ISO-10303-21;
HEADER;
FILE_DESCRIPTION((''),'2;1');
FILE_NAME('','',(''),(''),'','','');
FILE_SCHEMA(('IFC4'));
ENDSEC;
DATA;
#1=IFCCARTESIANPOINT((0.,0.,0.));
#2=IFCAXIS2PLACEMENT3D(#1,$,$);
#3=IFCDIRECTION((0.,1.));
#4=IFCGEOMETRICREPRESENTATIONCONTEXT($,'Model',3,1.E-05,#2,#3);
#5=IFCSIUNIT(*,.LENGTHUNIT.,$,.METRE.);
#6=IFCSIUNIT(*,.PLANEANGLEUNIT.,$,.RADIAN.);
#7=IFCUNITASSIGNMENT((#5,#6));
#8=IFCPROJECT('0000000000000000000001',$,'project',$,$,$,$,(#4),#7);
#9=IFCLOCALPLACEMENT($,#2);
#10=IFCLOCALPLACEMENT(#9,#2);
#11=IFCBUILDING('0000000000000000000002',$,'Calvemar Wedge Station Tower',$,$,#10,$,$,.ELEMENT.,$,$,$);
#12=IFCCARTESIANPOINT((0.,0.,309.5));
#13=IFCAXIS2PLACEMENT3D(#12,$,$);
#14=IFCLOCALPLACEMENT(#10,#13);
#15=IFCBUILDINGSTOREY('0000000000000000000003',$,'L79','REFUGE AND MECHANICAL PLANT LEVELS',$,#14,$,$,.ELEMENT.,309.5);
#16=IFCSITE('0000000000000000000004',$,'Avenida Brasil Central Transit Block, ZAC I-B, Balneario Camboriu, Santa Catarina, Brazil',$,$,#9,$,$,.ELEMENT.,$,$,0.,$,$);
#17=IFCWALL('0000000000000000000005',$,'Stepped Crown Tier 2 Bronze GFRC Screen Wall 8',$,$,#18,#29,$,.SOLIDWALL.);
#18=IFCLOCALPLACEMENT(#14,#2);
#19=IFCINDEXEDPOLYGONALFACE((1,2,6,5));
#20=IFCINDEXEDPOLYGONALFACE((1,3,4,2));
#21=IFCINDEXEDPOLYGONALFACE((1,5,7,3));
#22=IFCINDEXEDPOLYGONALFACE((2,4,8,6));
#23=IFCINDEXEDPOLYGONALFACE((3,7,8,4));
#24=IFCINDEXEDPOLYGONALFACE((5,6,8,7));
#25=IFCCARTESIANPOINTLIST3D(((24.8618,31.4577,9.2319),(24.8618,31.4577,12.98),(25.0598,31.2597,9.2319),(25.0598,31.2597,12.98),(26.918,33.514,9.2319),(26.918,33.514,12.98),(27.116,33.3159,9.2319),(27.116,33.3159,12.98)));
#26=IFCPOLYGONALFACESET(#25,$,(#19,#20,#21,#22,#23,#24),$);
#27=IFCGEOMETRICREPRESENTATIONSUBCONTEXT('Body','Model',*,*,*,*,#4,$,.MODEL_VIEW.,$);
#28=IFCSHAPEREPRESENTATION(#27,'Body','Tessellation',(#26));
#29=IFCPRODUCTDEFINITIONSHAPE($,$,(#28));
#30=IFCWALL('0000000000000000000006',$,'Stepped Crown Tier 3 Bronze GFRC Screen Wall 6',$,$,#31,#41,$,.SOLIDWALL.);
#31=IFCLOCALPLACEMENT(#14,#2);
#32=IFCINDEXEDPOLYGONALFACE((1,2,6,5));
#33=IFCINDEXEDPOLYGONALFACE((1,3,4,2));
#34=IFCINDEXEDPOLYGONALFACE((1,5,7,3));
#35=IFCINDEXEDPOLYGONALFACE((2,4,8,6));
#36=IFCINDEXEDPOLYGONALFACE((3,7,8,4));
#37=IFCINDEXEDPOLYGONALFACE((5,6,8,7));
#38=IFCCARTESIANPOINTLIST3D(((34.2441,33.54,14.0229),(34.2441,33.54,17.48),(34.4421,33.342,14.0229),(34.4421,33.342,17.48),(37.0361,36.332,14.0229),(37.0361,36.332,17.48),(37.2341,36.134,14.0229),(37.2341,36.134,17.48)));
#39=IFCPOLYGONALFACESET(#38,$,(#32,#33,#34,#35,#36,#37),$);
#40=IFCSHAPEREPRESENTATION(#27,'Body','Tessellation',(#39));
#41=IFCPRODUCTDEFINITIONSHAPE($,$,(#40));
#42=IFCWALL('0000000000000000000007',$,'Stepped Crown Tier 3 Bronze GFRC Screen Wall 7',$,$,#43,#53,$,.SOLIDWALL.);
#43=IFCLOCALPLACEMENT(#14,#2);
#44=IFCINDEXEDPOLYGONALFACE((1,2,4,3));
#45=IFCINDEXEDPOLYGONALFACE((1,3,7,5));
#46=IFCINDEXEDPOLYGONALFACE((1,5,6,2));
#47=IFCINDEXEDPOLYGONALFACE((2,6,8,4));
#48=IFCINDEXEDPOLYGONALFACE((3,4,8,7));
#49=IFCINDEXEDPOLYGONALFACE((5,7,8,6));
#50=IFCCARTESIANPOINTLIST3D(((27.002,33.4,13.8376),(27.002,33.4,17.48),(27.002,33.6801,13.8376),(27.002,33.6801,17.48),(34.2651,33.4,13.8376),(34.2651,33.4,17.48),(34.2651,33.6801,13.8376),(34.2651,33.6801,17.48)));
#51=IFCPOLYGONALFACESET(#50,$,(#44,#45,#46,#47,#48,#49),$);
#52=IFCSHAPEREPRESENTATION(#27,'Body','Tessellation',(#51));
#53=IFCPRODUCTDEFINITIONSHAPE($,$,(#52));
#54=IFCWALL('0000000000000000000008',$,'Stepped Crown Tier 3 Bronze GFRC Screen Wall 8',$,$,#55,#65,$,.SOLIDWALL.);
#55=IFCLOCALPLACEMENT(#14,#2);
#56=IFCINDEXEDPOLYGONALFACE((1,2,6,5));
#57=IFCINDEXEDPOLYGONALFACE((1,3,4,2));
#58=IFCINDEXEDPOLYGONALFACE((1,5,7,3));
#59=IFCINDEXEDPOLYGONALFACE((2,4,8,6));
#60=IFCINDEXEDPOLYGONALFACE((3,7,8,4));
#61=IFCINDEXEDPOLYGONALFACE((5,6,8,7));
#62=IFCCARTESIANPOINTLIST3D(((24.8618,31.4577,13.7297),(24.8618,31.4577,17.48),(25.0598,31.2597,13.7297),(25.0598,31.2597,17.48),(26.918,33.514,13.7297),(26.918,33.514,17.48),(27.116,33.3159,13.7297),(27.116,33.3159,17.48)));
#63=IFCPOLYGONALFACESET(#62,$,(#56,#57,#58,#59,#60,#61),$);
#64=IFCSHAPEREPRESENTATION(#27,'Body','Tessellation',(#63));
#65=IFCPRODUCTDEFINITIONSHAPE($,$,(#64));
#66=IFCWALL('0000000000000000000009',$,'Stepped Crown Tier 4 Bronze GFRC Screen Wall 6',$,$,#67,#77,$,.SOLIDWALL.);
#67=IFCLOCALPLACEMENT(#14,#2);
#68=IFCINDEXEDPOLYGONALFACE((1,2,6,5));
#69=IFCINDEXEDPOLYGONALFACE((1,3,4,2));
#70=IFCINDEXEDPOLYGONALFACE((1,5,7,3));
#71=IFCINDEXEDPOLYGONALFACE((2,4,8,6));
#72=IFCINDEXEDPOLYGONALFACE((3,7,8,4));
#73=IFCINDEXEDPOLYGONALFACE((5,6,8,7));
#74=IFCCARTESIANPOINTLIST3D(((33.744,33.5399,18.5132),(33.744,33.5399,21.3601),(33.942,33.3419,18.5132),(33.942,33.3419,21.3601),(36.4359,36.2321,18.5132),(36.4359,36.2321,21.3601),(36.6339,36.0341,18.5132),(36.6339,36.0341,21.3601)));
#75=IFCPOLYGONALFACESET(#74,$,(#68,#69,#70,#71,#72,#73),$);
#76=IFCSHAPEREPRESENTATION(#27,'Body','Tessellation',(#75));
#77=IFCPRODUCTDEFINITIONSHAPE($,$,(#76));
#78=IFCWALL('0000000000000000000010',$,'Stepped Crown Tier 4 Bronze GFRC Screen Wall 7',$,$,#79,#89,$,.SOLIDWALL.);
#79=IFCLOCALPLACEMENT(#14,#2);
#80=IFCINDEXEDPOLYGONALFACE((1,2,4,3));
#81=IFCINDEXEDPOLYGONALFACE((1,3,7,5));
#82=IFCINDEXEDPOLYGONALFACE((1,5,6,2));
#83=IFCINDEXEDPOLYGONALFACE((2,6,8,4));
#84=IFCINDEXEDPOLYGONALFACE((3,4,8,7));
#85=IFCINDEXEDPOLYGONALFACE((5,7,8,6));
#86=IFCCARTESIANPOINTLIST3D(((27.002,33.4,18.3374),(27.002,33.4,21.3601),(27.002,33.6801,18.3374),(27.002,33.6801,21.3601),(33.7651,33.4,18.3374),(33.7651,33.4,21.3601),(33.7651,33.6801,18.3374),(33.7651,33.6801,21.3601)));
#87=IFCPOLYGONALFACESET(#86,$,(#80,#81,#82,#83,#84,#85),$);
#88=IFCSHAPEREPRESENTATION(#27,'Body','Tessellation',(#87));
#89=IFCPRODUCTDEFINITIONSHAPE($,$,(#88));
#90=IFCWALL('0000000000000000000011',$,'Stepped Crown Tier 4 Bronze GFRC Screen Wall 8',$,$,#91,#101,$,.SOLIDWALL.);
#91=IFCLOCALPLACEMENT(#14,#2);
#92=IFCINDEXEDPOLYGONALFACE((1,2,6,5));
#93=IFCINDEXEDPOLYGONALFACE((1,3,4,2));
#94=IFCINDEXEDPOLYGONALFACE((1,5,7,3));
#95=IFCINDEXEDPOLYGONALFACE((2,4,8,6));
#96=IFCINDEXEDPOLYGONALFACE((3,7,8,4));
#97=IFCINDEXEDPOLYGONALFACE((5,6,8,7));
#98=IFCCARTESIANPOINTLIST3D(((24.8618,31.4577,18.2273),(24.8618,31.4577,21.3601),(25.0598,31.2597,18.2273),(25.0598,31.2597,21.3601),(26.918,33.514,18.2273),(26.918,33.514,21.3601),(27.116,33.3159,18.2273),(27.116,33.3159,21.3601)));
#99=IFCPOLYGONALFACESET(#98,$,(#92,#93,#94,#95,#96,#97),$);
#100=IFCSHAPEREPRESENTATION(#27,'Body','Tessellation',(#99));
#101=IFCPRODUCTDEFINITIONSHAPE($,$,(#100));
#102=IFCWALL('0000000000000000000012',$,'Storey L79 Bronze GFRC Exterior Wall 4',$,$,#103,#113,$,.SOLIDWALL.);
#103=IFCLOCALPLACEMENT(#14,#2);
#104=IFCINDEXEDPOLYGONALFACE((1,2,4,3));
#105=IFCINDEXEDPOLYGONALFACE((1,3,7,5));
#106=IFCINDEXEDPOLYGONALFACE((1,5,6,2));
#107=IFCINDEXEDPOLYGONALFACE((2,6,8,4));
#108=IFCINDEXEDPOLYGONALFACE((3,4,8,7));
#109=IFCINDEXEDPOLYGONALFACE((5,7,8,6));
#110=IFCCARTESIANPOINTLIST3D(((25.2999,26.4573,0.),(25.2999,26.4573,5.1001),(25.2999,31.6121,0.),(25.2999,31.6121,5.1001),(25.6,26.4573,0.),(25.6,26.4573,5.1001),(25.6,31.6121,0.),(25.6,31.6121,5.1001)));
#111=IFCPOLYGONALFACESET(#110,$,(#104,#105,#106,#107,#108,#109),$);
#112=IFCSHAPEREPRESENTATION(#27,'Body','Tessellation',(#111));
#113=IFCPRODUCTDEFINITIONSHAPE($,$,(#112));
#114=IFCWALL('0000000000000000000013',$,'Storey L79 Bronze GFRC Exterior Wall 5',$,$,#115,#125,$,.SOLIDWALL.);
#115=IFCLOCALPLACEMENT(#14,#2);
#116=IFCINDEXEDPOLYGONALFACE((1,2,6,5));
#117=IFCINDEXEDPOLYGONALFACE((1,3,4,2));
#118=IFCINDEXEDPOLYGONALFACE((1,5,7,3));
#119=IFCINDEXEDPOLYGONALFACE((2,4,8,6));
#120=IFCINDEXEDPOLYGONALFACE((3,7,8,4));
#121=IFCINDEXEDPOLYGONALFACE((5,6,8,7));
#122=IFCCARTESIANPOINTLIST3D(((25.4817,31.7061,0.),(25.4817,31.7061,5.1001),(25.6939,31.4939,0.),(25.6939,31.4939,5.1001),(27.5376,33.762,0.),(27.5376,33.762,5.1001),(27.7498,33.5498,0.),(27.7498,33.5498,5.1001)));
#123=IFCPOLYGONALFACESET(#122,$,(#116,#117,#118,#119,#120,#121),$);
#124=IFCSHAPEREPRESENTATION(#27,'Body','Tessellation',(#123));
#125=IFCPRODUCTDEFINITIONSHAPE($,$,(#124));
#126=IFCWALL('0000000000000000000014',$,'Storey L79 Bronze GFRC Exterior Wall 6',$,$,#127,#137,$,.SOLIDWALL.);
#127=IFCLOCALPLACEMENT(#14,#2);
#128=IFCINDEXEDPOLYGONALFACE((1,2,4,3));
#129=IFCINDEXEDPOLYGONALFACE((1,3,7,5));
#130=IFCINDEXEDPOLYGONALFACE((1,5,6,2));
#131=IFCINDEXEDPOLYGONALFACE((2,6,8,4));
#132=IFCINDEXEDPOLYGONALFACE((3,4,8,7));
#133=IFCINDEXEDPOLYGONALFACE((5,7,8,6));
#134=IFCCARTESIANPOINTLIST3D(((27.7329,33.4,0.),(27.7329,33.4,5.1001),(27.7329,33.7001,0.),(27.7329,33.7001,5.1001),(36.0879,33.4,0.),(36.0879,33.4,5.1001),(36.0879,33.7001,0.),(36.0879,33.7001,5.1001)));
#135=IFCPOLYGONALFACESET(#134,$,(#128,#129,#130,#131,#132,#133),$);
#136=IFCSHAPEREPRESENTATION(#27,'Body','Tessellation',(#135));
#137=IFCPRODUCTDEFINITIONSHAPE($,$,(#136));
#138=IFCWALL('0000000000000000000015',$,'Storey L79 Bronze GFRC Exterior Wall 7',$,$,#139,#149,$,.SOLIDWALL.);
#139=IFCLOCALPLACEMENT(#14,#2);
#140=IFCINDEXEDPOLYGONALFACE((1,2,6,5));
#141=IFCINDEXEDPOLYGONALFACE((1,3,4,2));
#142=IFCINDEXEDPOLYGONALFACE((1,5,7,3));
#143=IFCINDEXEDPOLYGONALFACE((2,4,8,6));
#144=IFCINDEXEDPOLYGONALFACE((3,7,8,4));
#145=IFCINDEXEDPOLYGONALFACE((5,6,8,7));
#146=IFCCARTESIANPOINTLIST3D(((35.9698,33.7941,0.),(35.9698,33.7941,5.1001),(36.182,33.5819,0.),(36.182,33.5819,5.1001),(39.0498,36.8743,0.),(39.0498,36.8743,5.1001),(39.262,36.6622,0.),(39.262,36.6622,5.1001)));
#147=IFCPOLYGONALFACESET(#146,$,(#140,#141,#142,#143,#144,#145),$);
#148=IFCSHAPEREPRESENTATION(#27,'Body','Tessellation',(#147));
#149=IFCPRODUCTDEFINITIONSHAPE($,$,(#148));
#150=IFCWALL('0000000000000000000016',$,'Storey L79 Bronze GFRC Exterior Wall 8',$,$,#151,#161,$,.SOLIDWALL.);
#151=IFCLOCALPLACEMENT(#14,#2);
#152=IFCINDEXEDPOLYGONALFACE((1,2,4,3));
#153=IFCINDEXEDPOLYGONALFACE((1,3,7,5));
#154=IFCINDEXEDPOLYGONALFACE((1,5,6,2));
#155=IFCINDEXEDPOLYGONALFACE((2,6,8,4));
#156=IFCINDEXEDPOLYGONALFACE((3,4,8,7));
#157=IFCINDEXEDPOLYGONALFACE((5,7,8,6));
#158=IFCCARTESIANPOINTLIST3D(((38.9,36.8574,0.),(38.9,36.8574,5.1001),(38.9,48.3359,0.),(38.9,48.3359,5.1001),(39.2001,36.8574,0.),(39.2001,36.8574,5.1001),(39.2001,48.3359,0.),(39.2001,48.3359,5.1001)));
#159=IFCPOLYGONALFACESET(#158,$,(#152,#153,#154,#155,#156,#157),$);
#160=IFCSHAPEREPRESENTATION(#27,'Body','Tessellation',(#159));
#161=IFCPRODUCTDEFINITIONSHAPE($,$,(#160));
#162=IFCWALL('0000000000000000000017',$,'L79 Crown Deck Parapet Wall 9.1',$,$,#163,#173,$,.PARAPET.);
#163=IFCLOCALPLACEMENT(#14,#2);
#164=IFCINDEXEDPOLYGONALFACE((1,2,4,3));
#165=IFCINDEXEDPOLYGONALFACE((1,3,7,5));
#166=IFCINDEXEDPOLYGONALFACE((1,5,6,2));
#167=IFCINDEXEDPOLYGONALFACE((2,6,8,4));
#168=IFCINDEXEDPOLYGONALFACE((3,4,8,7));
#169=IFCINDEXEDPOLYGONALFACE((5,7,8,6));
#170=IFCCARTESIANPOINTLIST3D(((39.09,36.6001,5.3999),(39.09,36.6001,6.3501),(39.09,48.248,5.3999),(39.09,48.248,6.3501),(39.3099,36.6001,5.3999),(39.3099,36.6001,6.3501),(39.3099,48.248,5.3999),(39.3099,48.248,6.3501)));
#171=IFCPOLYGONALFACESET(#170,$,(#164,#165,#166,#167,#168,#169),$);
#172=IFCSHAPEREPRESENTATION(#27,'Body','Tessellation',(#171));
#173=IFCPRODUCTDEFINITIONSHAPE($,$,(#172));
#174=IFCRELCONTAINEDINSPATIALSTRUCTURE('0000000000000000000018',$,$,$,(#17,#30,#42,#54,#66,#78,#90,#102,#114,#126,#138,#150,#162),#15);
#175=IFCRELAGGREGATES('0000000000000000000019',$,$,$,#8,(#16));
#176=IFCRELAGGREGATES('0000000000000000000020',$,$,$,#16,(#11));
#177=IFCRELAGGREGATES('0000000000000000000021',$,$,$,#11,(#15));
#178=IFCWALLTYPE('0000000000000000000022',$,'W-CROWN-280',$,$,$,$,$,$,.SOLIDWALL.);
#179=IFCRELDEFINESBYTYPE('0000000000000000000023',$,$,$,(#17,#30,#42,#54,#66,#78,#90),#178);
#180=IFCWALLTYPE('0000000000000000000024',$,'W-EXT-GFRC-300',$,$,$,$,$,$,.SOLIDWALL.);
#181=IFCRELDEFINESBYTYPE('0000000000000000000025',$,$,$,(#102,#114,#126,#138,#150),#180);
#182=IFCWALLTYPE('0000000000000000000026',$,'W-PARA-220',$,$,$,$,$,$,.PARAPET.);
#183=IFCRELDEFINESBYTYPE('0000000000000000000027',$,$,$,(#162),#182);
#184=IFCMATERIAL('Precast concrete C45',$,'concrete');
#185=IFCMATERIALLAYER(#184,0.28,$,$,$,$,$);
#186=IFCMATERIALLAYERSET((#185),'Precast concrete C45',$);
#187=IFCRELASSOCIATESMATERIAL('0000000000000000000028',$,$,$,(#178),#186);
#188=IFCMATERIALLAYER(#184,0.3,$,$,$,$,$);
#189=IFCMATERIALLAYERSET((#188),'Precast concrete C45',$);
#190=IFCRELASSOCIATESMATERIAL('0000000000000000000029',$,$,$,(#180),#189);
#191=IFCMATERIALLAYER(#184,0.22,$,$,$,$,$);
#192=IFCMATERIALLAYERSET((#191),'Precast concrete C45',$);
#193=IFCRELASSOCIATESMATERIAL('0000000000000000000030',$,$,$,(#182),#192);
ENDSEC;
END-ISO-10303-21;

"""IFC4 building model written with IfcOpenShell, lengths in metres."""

from ifc_helpers import new_model, si_unit, direction, frame, frame_2d, origin, place, context, subcontext, project, spatial, rectangle, extrude, material, layer, layer_set, type_object, element, save


model = new_model("IFC4")

# Units and contexts
model_context = context("Model", 3, precision=1e-05, world=origin(), true_north=direction((0.0, 1.0)))
body_context = subcontext(model_context, "Body", "Model", "MODEL_VIEW")
ifc_project = project(units=[si_unit("LENGTHUNIT", "METRE"), si_unit("PLANEANGLEUNIT", "RADIAN")], contexts=[model_context])

# Site, building, storey
site_placement = place(None, origin())
site = spatial("IfcSite", under=ifc_project, at=site_placement, Name="Avenida Brasil Central Transit Block, ZAC I-B, Balneario Camboriu, Santa Catarina, Brazil", CompositionType="ELEMENT", RefElevation=0.0)
building_placement = place(site_placement, origin())
building = spatial("IfcBuilding", under=site, at=building_placement, Name="Calvemar Wedge Station Tower", CompositionType="ELEMENT")
storey_placement = place(building_placement, frame((0.0, 0.0, 309.5)))
storey = spatial("IfcBuildingStorey", under=building, at=storey_placement, Name="L79", Description="REFUGE AND MECHANICAL PLANT LEVELS", CompositionType="ELEMENT", Elevation=309.5)

# Walls
ifc_material_1 = material(Name="Precast concrete C45", Category="concrete")
ifc_layer_1 = layer(ifc_material_1, 0.28)
ifc_layer_set_1 = layer_set([ifc_layer_1], Name="Precast concrete C45")
wall_type_1 = type_object("IfcWallType", Name="W-CROWN-280", PredefinedType="SOLIDWALL", material=ifc_layer_set_1)
wall_1_placement = place(storey_placement, frame((27.0171, 33.415, 9.2319), z_axis=(0.0, 0.0, 1.0), x_axis=(-0.707107, -0.707107, 0.0)))
element("IfcWall", 1, at=wall_1_placement, inside=storey, type_object=wall_type_1, Name="Stepped Crown Tier 2 Bronze GFRC Screen Wall 8", PredefinedType="SOLIDWALL", context=body_context, shape_type="SweptSolid", body=[
    extrude(rectangle(XDim=2.908, YDim=0.28, at=frame_2d((1.4541, 0.0))), origin(), (0.0, 0.0, 1.0), 3.748),
])
wall_2_placement = place(storey_placement, frame((37.135, 36.2329, 14.0229), z_axis=(0.0, 0.0, 1.0), x_axis=(-0.707107, -0.707107, 0.0)))
element("IfcWall", 2, at=wall_2_placement, inside=storey, type_object=wall_type_1, Name="Stepped Crown Tier 3 Bronze GFRC Screen Wall 6", PredefinedType="SOLIDWALL", context=body_context, shape_type="SweptSolid", body=[
    extrude(rectangle(XDim=3.9485, YDim=0.28, at=frame_2d((1.9741, 0.0))), origin(), (0.0, 0.0, 1.0), 3.457),
])
wall_3_placement = place(storey_placement, frame((34.2651, 33.54, 13.8376), z_axis=(0.0, 0.0, 1.0), x_axis=(-1.0, 0.0, 0.0)))
element("IfcWall", 3, at=wall_3_placement, inside=storey, type_object=wall_type_1, Name="Stepped Crown Tier 3 Bronze GFRC Screen Wall 7", PredefinedType="SOLIDWALL", context=body_context, shape_type="SweptSolid", body=[
    extrude(rectangle(XDim=7.2632, YDim=0.28, at=frame_2d((3.6316, 0.0))), origin(), (0.0, 0.0, 1.0), 3.6423),
])
wall_4_placement = place(storey_placement, frame((27.0171, 33.415, 13.7297), z_axis=(0.0, 0.0, 1.0), x_axis=(-0.707107, -0.707107, 0.0)))
element("IfcWall", 4, at=wall_4_placement, inside=storey, type_object=wall_type_1, Name="Stepped Crown Tier 3 Bronze GFRC Screen Wall 8", PredefinedType="SOLIDWALL", context=body_context, shape_type="SweptSolid", body=[
    extrude(rectangle(XDim=2.908, YDim=0.28, at=frame_2d((1.4541, 0.0))), origin(), (0.0, 0.0, 1.0), 3.7502),
])
wall_5_placement = place(storey_placement, frame((36.5349, 36.1331, 18.5132), z_axis=(0.0, 0.0, 1.0), x_axis=(-0.707075, -0.707139, 0.0)))
element("IfcWall", 5, at=wall_5_placement, inside=storey, type_object=wall_type_1, Name="Stepped Crown Tier 4 Bronze GFRC Screen Wall 6", PredefinedType="SOLIDWALL", context=body_context, shape_type="SweptSolid", body=[
    extrude(rectangle(XDim=3.8071, YDim=0.28, at=frame_2d((1.9036, 0.0))), origin(), (0.0, 0.0, 1.0), 2.8469),
])
wall_6_placement = place(storey_placement, frame((33.7651, 33.54, 18.3374), z_axis=(0.0, 0.0, 1.0), x_axis=(-1.0, 0.0, 0.0)))
element("IfcWall", 6, at=wall_6_placement, inside=storey, type_object=wall_type_1, Name="Stepped Crown Tier 4 Bronze GFRC Screen Wall 7", PredefinedType="SOLIDWALL", context=body_context, shape_type="SweptSolid", body=[
    extrude(rectangle(XDim=6.7632, YDim=0.28, at=frame_2d((3.3816, 0.0))), origin(), (0.0, 0.0, 1.0), 3.0227),
])
wall_7_placement = place(storey_placement, frame((27.0171, 33.415, 18.2273), z_axis=(0.0, 0.0, 1.0), x_axis=(-0.707107, -0.707107, 0.0)))
element("IfcWall", 7, at=wall_7_placement, inside=storey, type_object=wall_type_1, Name="Stepped Crown Tier 4 Bronze GFRC Screen Wall 8", PredefinedType="SOLIDWALL", context=body_context, shape_type="SweptSolid", body=[
    extrude(rectangle(XDim=2.908, YDim=0.28, at=frame_2d((1.4541, 0.0))), origin(), (0.0, 0.0, 1.0), 3.1328),
])
ifc_layer_2 = layer(ifc_material_1, 0.3)
ifc_layer_set_2 = layer_set([ifc_layer_2], Name="Precast concrete C45")
wall_type_2 = type_object("IfcWallType", Name="W-EXT-GFRC-300", PredefinedType="SOLIDWALL", material=ifc_layer_set_2)
wall_8_placement = place(storey_placement, frame((25.45, 26.4573, 0.0), z_axis=(0.0, 0.0, 1.0), x_axis=(0.0, 1.0, 0.0)))
element("IfcWall", 8, at=wall_8_placement, inside=storey, type_object=wall_type_2, Name="Storey L79 Bronze GFRC Exterior Wall 4", PredefinedType="SOLIDWALL", context=body_context, shape_type="SweptSolid", body=[
    extrude(rectangle(XDim=5.1548, YDim=0.3, at=frame_2d((2.5774, 0.0))), origin(), (0.0, 0.0, 1.0), 5.1001),
])
wall_9_placement = place(storey_placement, frame((25.5879, 31.6001, 0.0), z_axis=(0.0, 0.0, 1.0), x_axis=(0.707107, 0.707107, 0.0)))
element("IfcWall", 9, at=wall_9_placement, inside=storey, type_object=wall_type_2, Name="Storey L79 Bronze GFRC Exterior Wall 5", PredefinedType="SOLIDWALL", context=body_context, shape_type="SweptSolid", body=[
    extrude(rectangle(XDim=2.9075, YDim=0.3, at=frame_2d((1.4536, 0.0))), origin(), (0.0, 0.0, 1.0), 5.1001),
])
wall_10_placement = place(storey_placement, frame((27.7329, 33.55, 0.0), z_axis=(0.0, 0.0, 1.0), x_axis=(1.0, 0.0, 0.0)))
element("IfcWall", 10, at=wall_10_placement, inside=storey, type_object=wall_type_2, Name="Storey L79 Bronze GFRC Exterior Wall 6", PredefinedType="SOLIDWALL", context=body_context, shape_type="SweptSolid", body=[
    extrude(rectangle(XDim=8.355, YDim=0.3, at=frame_2d((4.1775, 0.0))), origin(), (0.0, 0.0, 1.0), 5.1001),
])
wall_11_placement = place(storey_placement, frame((36.0759, 33.688, 0.0), z_axis=(0.0, 0.0, 1.0), x_axis=(0.707079, 0.707135, 0.0)))
element("IfcWall", 11, at=wall_11_placement, inside=storey, type_object=wall_type_2, Name="Storey L79 Bronze GFRC Exterior Wall 7", PredefinedType="SOLIDWALL", context=body_context, shape_type="SweptSolid", body=[
    extrude(rectangle(XDim=4.356, YDim=0.3, at=frame_2d((2.178, 0.0))), origin(), (0.0, 0.0, 1.0), 5.1001),
])
wall_12_placement = place(storey_placement, frame((39.05, 36.8574, 0.0), z_axis=(0.0, 0.0, 1.0), x_axis=(0.0, 1.0, 0.0)))
element("IfcWall", 12, at=wall_12_placement, inside=storey, type_object=wall_type_2, Name="Storey L79 Bronze GFRC Exterior Wall 8", PredefinedType="SOLIDWALL", context=body_context, shape_type="SweptSolid", body=[
    extrude(rectangle(XDim=11.4785, YDim=0.3, at=frame_2d((5.7393, 0.0))), origin(), (0.0, 0.0, 1.0), 5.1001),
])
ifc_layer_3 = layer(ifc_material_1, 0.22)
ifc_layer_set_3 = layer_set([ifc_layer_3], Name="Precast concrete C45")
wall_type_3 = type_object("IfcWallType", Name="W-PARA-220", PredefinedType="PARAPET", material=ifc_layer_set_3)
wall_13_placement = place(storey_placement, frame((39.2, 36.6001, 5.3999), z_axis=(0.0, 0.0, 1.0), x_axis=(0.0, 1.0, 0.0)))
element("IfcWall", 13, at=wall_13_placement, inside=storey, type_object=wall_type_3, Name="L79 Crown Deck Parapet Wall 9.1", PredefinedType="PARAPET", context=body_context, shape_type="SweptSolid", body=[
    extrude(rectangle(XDim=11.6479, YDim=0.22, at=frame_2d((5.824, 0.0))), origin(), (0.0, 0.0, 1.0), 0.9502),
])

save(model, "model.ifc")
